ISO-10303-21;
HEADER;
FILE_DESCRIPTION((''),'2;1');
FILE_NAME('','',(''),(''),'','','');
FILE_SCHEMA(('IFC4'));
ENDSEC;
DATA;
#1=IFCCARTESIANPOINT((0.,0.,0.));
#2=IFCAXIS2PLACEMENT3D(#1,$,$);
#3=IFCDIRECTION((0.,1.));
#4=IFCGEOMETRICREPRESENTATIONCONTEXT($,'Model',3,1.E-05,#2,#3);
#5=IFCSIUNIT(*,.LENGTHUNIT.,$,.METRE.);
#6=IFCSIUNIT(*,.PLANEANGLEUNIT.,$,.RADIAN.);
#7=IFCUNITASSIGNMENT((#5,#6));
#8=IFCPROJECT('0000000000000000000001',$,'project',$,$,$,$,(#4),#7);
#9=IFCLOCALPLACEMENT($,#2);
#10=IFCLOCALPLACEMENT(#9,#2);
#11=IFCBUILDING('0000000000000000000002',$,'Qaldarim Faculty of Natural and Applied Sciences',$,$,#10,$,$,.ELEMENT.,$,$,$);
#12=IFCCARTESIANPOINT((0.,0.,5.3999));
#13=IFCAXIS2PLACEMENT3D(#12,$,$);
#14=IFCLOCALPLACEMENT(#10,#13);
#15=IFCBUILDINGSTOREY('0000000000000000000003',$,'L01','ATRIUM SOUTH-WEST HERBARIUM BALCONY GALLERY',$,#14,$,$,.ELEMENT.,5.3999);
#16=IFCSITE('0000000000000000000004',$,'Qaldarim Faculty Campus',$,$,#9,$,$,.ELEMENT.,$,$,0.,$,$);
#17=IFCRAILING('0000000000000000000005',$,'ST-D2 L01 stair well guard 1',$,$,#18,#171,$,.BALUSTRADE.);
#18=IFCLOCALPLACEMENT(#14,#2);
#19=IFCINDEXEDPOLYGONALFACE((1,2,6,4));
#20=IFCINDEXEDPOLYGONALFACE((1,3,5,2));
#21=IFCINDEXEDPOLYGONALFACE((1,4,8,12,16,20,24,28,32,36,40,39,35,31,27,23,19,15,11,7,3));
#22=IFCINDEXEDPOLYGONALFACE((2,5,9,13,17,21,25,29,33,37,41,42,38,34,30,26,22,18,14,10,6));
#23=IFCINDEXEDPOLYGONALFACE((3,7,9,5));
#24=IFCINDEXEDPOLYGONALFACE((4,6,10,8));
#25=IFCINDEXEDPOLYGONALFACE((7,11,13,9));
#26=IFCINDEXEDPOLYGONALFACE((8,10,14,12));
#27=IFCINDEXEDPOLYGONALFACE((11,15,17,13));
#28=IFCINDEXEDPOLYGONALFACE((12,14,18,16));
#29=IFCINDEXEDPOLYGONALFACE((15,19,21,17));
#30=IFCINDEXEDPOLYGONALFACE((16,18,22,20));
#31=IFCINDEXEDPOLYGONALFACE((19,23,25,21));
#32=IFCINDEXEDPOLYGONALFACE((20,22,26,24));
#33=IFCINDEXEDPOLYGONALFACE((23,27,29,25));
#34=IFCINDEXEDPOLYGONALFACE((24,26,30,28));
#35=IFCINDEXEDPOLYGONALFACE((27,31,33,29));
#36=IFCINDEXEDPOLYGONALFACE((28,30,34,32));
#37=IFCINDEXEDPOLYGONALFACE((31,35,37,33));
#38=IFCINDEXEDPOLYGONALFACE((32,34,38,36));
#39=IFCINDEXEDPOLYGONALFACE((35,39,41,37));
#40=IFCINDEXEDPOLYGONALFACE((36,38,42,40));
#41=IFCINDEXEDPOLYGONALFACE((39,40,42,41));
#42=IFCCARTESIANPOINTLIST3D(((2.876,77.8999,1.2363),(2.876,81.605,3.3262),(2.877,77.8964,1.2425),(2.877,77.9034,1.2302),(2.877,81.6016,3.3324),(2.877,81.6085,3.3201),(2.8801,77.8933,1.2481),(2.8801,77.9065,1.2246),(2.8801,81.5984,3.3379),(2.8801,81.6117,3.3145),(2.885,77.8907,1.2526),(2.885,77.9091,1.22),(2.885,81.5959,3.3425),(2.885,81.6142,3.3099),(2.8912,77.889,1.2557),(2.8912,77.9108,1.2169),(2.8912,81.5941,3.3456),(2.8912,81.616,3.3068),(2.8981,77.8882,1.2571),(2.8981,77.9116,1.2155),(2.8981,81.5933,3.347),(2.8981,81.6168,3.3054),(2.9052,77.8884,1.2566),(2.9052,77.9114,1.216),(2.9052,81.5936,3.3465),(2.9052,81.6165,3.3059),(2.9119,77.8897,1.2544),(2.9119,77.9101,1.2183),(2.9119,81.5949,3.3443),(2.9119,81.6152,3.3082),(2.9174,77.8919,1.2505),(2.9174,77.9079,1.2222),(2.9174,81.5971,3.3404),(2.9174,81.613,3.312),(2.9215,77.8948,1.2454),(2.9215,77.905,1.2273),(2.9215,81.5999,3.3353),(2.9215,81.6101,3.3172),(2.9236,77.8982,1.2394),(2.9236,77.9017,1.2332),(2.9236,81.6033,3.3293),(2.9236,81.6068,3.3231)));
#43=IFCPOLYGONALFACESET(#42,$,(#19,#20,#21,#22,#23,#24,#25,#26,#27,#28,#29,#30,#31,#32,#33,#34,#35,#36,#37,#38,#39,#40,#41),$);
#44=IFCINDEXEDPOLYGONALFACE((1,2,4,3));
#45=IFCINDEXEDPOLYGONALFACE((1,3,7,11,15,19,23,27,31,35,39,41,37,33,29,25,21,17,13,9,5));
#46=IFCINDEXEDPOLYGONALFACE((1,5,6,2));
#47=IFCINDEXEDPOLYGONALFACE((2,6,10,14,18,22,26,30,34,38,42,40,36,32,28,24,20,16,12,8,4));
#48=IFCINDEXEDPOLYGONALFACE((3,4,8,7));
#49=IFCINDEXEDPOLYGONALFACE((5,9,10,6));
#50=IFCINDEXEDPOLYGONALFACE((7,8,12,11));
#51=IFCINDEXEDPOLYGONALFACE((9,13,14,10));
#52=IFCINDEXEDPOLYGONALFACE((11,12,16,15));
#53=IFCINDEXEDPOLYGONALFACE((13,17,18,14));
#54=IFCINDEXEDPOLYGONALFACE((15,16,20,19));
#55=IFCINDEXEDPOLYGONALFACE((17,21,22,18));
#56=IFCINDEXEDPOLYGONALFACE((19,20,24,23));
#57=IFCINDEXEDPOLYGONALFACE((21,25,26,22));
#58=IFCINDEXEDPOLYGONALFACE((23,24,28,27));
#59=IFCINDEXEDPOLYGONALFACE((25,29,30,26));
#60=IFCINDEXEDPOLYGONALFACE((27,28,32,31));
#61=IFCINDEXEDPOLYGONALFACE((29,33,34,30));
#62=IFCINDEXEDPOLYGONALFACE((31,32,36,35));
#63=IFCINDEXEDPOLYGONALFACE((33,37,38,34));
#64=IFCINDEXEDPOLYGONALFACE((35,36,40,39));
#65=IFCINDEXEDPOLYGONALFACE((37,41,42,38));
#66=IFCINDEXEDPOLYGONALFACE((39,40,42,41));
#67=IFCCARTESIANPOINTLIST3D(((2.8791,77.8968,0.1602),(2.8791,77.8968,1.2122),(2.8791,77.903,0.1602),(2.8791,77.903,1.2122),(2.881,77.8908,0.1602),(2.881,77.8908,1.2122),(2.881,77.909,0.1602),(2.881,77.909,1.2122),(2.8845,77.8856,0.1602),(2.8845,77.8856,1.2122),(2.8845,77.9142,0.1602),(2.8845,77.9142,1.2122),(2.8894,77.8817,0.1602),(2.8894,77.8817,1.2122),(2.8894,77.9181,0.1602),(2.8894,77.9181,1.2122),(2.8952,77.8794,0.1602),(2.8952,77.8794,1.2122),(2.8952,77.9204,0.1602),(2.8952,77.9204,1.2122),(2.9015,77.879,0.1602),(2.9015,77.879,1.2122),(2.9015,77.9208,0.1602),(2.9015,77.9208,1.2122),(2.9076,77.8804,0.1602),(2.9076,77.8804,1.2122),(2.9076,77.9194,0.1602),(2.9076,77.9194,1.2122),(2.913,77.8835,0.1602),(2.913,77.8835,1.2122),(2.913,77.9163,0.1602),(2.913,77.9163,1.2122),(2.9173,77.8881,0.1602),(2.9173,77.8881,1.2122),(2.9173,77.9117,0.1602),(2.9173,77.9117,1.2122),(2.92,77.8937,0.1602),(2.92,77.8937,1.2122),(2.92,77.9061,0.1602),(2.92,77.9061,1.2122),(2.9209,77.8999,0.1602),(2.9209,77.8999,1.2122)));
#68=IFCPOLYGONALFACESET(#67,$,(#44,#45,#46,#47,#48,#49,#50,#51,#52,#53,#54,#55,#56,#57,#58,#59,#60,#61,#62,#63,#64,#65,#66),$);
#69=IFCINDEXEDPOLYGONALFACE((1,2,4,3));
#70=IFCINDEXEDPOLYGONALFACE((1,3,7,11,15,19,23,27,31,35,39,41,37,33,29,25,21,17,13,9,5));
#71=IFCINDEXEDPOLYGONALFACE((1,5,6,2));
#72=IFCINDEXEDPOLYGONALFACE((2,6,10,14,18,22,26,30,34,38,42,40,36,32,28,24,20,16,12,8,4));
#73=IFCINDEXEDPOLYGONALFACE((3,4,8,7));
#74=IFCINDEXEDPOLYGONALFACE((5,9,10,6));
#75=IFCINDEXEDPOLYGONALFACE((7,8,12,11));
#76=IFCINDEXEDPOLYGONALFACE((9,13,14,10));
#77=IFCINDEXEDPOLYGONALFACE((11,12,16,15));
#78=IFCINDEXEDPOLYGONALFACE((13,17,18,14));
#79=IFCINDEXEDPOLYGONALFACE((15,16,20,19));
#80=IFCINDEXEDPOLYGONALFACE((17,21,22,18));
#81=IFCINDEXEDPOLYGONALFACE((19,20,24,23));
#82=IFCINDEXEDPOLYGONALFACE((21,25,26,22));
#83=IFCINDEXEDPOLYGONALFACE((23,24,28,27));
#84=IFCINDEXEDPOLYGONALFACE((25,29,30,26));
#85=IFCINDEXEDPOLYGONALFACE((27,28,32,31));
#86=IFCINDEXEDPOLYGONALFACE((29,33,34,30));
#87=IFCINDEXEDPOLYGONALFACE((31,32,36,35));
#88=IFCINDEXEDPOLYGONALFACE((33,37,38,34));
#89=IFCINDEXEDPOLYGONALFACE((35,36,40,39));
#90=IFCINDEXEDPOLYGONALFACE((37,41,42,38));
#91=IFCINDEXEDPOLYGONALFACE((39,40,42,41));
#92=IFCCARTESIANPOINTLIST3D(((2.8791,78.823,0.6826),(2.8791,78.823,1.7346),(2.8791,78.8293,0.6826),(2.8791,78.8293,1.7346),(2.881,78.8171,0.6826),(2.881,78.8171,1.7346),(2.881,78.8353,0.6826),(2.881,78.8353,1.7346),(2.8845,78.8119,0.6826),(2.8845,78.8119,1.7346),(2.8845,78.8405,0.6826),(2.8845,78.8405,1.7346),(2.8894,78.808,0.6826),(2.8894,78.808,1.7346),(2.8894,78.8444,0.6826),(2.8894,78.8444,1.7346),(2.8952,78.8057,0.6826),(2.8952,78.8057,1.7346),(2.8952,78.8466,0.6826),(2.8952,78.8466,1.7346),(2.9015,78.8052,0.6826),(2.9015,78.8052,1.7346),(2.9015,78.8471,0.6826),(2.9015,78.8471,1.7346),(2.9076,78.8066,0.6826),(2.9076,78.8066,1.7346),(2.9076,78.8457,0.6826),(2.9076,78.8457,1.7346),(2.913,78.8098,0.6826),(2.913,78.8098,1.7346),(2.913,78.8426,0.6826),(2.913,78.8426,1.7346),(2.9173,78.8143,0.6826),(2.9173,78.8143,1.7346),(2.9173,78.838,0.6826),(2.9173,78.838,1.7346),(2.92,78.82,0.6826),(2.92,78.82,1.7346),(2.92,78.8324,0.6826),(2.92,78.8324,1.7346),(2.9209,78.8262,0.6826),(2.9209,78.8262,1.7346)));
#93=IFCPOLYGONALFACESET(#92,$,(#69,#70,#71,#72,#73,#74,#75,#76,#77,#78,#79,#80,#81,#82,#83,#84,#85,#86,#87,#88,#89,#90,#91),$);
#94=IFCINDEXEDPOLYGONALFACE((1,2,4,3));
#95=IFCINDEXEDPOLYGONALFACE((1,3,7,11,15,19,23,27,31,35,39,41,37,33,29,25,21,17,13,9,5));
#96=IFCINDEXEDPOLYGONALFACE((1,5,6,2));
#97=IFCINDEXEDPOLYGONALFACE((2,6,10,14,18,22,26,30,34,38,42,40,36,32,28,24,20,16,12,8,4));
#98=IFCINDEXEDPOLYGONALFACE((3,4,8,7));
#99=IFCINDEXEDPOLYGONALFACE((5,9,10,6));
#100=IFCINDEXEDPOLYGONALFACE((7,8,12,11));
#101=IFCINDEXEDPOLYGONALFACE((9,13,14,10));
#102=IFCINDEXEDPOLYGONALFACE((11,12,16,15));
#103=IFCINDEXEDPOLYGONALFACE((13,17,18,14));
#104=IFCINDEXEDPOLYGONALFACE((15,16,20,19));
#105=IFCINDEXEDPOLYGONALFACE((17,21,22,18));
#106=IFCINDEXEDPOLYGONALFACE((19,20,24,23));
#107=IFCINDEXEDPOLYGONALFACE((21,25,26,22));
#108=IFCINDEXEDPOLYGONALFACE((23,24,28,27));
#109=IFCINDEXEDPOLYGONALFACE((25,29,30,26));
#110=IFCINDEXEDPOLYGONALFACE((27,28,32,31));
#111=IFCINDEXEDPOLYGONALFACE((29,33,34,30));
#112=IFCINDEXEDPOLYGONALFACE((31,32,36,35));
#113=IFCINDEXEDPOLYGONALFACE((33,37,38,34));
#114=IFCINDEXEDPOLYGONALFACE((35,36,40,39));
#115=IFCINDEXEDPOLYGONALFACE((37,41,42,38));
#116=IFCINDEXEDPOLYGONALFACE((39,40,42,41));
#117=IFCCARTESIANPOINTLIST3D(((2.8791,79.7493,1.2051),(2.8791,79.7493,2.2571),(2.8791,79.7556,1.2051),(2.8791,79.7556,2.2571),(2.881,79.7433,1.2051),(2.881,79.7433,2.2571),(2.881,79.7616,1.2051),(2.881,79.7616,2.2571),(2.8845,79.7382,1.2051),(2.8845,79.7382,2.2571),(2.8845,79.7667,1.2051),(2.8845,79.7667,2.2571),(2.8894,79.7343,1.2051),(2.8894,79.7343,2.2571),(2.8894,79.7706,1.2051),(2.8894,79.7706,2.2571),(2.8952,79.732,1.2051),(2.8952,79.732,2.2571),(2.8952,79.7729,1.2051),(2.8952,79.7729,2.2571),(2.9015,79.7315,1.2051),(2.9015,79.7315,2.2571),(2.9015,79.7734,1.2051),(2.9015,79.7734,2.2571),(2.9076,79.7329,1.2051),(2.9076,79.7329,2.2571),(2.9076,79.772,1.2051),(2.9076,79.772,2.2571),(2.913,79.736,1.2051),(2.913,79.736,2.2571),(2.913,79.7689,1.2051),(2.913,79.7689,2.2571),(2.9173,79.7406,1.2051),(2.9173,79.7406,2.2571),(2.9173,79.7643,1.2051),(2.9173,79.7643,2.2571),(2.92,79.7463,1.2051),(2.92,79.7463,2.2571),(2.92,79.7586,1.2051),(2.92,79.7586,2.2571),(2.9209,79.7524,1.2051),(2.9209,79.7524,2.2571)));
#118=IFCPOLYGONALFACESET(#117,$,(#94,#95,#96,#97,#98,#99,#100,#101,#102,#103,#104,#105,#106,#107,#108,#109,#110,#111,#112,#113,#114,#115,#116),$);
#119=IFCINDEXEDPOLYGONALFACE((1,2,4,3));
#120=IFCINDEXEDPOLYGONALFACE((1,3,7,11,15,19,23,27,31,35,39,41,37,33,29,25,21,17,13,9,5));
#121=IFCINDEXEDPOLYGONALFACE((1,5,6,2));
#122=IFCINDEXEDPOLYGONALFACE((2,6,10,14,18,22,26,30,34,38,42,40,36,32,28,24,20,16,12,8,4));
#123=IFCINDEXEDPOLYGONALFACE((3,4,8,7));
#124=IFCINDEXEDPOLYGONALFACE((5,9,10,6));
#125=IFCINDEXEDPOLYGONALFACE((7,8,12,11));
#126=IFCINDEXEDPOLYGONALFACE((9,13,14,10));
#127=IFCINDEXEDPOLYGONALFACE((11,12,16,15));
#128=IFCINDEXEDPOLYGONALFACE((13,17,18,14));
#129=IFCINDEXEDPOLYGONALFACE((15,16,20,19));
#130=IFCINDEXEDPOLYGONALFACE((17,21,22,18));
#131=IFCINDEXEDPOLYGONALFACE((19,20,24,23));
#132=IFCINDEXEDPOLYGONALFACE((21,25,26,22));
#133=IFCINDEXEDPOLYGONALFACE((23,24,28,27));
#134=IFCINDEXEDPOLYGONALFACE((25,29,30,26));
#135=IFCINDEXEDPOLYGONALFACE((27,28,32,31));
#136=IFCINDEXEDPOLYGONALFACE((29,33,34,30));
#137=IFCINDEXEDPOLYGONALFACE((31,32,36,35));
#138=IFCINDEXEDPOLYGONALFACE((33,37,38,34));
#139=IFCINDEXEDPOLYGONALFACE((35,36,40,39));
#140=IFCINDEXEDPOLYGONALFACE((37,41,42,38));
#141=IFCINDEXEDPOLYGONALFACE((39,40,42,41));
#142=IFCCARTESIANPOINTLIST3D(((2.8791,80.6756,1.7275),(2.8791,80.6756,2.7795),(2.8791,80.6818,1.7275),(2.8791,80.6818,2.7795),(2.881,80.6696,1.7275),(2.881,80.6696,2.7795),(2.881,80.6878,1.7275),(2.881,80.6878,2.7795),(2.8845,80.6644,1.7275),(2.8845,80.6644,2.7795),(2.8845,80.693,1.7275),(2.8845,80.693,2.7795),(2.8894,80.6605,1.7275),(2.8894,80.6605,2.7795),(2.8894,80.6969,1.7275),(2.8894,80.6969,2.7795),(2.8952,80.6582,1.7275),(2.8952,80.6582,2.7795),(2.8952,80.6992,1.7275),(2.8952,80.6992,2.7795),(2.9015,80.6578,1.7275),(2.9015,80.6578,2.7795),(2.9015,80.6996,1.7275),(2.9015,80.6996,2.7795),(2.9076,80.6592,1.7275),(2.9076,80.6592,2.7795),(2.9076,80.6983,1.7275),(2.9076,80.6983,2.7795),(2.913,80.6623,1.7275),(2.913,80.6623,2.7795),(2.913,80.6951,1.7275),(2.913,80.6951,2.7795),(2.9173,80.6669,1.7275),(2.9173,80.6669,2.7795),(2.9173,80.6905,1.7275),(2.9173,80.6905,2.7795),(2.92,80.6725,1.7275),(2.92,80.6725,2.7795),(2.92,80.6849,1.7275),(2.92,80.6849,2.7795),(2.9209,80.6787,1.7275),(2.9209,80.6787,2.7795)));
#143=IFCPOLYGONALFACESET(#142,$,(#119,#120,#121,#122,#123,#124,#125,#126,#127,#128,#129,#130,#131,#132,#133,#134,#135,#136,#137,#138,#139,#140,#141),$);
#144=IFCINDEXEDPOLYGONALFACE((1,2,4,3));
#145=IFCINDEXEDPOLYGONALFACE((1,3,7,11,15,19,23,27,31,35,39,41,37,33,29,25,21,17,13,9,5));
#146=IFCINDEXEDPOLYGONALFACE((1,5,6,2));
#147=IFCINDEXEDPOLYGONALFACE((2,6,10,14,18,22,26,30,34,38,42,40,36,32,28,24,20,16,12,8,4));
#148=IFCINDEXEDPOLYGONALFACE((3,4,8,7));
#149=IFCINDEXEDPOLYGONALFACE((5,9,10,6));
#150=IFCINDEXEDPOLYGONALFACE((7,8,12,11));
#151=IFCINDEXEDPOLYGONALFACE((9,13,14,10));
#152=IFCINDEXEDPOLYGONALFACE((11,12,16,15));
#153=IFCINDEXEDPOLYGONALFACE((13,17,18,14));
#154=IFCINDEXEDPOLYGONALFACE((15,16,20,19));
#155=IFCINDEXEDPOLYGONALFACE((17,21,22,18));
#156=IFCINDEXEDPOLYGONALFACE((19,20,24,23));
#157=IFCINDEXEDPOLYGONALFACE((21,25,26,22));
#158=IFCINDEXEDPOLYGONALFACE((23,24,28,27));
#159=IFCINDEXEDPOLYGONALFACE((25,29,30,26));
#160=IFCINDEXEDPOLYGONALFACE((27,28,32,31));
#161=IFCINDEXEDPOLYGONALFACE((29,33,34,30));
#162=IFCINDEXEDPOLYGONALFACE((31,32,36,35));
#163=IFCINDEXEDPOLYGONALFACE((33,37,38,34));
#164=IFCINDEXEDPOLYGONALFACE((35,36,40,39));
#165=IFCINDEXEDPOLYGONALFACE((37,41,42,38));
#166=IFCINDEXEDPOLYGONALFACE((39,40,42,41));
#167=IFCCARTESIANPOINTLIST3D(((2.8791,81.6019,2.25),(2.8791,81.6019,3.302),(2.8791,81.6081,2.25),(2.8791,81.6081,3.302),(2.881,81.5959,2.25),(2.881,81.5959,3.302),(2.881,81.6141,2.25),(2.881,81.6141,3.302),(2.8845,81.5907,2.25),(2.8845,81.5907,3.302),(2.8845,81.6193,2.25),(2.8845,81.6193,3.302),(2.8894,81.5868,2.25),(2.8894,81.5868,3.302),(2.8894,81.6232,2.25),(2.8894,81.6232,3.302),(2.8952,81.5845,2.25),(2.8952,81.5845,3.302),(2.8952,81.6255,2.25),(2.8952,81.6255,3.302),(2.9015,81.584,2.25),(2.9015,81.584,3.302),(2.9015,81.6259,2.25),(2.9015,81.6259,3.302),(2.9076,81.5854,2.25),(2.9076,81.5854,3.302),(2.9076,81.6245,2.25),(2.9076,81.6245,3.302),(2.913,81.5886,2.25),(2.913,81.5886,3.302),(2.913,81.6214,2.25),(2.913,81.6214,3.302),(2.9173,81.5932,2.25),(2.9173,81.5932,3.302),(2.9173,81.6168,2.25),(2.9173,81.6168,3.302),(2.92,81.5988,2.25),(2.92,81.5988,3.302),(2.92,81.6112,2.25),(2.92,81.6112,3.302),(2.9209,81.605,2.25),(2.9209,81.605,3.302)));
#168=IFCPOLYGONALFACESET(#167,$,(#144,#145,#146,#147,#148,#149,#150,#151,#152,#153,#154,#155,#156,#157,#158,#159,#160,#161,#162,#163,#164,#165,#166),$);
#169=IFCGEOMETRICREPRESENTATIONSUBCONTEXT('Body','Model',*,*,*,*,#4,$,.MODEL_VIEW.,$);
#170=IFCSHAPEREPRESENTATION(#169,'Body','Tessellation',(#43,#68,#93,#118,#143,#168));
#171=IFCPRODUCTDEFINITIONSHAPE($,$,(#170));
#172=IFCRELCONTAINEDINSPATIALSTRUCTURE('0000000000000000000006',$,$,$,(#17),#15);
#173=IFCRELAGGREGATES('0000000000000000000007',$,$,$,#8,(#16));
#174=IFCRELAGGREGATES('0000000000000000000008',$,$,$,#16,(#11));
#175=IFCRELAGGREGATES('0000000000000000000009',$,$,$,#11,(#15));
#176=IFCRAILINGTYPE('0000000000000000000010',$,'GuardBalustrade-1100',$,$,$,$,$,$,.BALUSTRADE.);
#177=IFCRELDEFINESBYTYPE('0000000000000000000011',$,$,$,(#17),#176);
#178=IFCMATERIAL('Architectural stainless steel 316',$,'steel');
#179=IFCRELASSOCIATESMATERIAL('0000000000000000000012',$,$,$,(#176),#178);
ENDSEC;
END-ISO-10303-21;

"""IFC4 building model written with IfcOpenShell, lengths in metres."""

from ifc_helpers import new_model, si_unit, direction, frame, origin, origin_2d, place, context, subcontext, project, spatial, circle, extrude, material, type_object, element, save


model = new_model("IFC4")

# Units and contexts
model_context = context("Model", 3, precision=1e-05, world=origin(), true_north=direction((0.0, 1.0)))
body_context = subcontext(model_context, "Body", "Model", "MODEL_VIEW")
ifc_project = project(units=[si_unit("LENGTHUNIT", "METRE"), si_unit("PLANEANGLEUNIT", "RADIAN")], contexts=[model_context])

# Site, building, storey
site_placement = place(None, origin())
site = spatial("IfcSite", under=ifc_project, at=site_placement, Name="Qaldarim Faculty Campus", CompositionType="ELEMENT", RefElevation=0.0)
building_placement = place(site_placement, origin())
building = spatial("IfcBuilding", under=site, at=building_placement, Name="Qaldarim Faculty of Natural and Applied Sciences", CompositionType="ELEMENT")
storey_placement = place(building_placement, frame((0.0, 0.0, 5.3999)))
storey = spatial("IfcBuildingStorey", under=building, at=storey_placement, Name="L01", Description="ATRIUM SOUTH-WEST HERBARIUM BALCONY GALLERY", CompositionType="ELEMENT", Elevation=5.3999)

# Shared definitions
ifc_material_1 = material(Name="Architectural stainless steel 316", Category="steel")

# Railing
railing_type_1 = type_object("IfcRailingType", Name="GuardBalustrade-1100", PredefinedType="BALUSTRADE", material=ifc_material_1)
railing_1_placement = place(storey_placement, frame((2.8999, 77.8999, 0.1602)))
element("IfcRailing", 1, at=railing_1_placement, inside=storey, type_object=railing_type_1, Name="ST-D2 L01 stair well guard 1", PredefinedType="BALUSTRADE", context=body_context, shape_type="SweptSolid", body=[
    extrude(circle(Radius=0.0239, at=origin_2d()), frame((0.0, 0.0, 1.0762), z_axis=(0.0, 0.870999, 0.491285), x_axis=(-1.0, 0.0, 0.0)), (0.0, 0.0, 1.0), 4.2539),
    extrude(circle(Radius=0.021, at=origin_2d()), origin(), (0.0, 0.0, 1.0), 1.052),
    extrude(circle(Radius=0.021, at=origin_2d()), frame((0.0, 0.9263, 0.5225)), (0.0, 0.0, 1.0), 1.052),
    extrude(circle(Radius=0.021, at=origin_2d()), frame((0.0, 1.8525, 1.0449)), (0.0, 0.0, 1.0), 1.052),
    extrude(circle(Radius=0.021, at=origin_2d()), frame((0.0, 2.7788, 1.5674)), (0.0, 0.0, 1.0), 1.052),
    extrude(circle(Radius=0.021, at=origin_2d()), frame((0.0, 3.7051, 2.0898)), (0.0, 0.0, 1.0), 1.052),
])

save(model, "model.ifc")
